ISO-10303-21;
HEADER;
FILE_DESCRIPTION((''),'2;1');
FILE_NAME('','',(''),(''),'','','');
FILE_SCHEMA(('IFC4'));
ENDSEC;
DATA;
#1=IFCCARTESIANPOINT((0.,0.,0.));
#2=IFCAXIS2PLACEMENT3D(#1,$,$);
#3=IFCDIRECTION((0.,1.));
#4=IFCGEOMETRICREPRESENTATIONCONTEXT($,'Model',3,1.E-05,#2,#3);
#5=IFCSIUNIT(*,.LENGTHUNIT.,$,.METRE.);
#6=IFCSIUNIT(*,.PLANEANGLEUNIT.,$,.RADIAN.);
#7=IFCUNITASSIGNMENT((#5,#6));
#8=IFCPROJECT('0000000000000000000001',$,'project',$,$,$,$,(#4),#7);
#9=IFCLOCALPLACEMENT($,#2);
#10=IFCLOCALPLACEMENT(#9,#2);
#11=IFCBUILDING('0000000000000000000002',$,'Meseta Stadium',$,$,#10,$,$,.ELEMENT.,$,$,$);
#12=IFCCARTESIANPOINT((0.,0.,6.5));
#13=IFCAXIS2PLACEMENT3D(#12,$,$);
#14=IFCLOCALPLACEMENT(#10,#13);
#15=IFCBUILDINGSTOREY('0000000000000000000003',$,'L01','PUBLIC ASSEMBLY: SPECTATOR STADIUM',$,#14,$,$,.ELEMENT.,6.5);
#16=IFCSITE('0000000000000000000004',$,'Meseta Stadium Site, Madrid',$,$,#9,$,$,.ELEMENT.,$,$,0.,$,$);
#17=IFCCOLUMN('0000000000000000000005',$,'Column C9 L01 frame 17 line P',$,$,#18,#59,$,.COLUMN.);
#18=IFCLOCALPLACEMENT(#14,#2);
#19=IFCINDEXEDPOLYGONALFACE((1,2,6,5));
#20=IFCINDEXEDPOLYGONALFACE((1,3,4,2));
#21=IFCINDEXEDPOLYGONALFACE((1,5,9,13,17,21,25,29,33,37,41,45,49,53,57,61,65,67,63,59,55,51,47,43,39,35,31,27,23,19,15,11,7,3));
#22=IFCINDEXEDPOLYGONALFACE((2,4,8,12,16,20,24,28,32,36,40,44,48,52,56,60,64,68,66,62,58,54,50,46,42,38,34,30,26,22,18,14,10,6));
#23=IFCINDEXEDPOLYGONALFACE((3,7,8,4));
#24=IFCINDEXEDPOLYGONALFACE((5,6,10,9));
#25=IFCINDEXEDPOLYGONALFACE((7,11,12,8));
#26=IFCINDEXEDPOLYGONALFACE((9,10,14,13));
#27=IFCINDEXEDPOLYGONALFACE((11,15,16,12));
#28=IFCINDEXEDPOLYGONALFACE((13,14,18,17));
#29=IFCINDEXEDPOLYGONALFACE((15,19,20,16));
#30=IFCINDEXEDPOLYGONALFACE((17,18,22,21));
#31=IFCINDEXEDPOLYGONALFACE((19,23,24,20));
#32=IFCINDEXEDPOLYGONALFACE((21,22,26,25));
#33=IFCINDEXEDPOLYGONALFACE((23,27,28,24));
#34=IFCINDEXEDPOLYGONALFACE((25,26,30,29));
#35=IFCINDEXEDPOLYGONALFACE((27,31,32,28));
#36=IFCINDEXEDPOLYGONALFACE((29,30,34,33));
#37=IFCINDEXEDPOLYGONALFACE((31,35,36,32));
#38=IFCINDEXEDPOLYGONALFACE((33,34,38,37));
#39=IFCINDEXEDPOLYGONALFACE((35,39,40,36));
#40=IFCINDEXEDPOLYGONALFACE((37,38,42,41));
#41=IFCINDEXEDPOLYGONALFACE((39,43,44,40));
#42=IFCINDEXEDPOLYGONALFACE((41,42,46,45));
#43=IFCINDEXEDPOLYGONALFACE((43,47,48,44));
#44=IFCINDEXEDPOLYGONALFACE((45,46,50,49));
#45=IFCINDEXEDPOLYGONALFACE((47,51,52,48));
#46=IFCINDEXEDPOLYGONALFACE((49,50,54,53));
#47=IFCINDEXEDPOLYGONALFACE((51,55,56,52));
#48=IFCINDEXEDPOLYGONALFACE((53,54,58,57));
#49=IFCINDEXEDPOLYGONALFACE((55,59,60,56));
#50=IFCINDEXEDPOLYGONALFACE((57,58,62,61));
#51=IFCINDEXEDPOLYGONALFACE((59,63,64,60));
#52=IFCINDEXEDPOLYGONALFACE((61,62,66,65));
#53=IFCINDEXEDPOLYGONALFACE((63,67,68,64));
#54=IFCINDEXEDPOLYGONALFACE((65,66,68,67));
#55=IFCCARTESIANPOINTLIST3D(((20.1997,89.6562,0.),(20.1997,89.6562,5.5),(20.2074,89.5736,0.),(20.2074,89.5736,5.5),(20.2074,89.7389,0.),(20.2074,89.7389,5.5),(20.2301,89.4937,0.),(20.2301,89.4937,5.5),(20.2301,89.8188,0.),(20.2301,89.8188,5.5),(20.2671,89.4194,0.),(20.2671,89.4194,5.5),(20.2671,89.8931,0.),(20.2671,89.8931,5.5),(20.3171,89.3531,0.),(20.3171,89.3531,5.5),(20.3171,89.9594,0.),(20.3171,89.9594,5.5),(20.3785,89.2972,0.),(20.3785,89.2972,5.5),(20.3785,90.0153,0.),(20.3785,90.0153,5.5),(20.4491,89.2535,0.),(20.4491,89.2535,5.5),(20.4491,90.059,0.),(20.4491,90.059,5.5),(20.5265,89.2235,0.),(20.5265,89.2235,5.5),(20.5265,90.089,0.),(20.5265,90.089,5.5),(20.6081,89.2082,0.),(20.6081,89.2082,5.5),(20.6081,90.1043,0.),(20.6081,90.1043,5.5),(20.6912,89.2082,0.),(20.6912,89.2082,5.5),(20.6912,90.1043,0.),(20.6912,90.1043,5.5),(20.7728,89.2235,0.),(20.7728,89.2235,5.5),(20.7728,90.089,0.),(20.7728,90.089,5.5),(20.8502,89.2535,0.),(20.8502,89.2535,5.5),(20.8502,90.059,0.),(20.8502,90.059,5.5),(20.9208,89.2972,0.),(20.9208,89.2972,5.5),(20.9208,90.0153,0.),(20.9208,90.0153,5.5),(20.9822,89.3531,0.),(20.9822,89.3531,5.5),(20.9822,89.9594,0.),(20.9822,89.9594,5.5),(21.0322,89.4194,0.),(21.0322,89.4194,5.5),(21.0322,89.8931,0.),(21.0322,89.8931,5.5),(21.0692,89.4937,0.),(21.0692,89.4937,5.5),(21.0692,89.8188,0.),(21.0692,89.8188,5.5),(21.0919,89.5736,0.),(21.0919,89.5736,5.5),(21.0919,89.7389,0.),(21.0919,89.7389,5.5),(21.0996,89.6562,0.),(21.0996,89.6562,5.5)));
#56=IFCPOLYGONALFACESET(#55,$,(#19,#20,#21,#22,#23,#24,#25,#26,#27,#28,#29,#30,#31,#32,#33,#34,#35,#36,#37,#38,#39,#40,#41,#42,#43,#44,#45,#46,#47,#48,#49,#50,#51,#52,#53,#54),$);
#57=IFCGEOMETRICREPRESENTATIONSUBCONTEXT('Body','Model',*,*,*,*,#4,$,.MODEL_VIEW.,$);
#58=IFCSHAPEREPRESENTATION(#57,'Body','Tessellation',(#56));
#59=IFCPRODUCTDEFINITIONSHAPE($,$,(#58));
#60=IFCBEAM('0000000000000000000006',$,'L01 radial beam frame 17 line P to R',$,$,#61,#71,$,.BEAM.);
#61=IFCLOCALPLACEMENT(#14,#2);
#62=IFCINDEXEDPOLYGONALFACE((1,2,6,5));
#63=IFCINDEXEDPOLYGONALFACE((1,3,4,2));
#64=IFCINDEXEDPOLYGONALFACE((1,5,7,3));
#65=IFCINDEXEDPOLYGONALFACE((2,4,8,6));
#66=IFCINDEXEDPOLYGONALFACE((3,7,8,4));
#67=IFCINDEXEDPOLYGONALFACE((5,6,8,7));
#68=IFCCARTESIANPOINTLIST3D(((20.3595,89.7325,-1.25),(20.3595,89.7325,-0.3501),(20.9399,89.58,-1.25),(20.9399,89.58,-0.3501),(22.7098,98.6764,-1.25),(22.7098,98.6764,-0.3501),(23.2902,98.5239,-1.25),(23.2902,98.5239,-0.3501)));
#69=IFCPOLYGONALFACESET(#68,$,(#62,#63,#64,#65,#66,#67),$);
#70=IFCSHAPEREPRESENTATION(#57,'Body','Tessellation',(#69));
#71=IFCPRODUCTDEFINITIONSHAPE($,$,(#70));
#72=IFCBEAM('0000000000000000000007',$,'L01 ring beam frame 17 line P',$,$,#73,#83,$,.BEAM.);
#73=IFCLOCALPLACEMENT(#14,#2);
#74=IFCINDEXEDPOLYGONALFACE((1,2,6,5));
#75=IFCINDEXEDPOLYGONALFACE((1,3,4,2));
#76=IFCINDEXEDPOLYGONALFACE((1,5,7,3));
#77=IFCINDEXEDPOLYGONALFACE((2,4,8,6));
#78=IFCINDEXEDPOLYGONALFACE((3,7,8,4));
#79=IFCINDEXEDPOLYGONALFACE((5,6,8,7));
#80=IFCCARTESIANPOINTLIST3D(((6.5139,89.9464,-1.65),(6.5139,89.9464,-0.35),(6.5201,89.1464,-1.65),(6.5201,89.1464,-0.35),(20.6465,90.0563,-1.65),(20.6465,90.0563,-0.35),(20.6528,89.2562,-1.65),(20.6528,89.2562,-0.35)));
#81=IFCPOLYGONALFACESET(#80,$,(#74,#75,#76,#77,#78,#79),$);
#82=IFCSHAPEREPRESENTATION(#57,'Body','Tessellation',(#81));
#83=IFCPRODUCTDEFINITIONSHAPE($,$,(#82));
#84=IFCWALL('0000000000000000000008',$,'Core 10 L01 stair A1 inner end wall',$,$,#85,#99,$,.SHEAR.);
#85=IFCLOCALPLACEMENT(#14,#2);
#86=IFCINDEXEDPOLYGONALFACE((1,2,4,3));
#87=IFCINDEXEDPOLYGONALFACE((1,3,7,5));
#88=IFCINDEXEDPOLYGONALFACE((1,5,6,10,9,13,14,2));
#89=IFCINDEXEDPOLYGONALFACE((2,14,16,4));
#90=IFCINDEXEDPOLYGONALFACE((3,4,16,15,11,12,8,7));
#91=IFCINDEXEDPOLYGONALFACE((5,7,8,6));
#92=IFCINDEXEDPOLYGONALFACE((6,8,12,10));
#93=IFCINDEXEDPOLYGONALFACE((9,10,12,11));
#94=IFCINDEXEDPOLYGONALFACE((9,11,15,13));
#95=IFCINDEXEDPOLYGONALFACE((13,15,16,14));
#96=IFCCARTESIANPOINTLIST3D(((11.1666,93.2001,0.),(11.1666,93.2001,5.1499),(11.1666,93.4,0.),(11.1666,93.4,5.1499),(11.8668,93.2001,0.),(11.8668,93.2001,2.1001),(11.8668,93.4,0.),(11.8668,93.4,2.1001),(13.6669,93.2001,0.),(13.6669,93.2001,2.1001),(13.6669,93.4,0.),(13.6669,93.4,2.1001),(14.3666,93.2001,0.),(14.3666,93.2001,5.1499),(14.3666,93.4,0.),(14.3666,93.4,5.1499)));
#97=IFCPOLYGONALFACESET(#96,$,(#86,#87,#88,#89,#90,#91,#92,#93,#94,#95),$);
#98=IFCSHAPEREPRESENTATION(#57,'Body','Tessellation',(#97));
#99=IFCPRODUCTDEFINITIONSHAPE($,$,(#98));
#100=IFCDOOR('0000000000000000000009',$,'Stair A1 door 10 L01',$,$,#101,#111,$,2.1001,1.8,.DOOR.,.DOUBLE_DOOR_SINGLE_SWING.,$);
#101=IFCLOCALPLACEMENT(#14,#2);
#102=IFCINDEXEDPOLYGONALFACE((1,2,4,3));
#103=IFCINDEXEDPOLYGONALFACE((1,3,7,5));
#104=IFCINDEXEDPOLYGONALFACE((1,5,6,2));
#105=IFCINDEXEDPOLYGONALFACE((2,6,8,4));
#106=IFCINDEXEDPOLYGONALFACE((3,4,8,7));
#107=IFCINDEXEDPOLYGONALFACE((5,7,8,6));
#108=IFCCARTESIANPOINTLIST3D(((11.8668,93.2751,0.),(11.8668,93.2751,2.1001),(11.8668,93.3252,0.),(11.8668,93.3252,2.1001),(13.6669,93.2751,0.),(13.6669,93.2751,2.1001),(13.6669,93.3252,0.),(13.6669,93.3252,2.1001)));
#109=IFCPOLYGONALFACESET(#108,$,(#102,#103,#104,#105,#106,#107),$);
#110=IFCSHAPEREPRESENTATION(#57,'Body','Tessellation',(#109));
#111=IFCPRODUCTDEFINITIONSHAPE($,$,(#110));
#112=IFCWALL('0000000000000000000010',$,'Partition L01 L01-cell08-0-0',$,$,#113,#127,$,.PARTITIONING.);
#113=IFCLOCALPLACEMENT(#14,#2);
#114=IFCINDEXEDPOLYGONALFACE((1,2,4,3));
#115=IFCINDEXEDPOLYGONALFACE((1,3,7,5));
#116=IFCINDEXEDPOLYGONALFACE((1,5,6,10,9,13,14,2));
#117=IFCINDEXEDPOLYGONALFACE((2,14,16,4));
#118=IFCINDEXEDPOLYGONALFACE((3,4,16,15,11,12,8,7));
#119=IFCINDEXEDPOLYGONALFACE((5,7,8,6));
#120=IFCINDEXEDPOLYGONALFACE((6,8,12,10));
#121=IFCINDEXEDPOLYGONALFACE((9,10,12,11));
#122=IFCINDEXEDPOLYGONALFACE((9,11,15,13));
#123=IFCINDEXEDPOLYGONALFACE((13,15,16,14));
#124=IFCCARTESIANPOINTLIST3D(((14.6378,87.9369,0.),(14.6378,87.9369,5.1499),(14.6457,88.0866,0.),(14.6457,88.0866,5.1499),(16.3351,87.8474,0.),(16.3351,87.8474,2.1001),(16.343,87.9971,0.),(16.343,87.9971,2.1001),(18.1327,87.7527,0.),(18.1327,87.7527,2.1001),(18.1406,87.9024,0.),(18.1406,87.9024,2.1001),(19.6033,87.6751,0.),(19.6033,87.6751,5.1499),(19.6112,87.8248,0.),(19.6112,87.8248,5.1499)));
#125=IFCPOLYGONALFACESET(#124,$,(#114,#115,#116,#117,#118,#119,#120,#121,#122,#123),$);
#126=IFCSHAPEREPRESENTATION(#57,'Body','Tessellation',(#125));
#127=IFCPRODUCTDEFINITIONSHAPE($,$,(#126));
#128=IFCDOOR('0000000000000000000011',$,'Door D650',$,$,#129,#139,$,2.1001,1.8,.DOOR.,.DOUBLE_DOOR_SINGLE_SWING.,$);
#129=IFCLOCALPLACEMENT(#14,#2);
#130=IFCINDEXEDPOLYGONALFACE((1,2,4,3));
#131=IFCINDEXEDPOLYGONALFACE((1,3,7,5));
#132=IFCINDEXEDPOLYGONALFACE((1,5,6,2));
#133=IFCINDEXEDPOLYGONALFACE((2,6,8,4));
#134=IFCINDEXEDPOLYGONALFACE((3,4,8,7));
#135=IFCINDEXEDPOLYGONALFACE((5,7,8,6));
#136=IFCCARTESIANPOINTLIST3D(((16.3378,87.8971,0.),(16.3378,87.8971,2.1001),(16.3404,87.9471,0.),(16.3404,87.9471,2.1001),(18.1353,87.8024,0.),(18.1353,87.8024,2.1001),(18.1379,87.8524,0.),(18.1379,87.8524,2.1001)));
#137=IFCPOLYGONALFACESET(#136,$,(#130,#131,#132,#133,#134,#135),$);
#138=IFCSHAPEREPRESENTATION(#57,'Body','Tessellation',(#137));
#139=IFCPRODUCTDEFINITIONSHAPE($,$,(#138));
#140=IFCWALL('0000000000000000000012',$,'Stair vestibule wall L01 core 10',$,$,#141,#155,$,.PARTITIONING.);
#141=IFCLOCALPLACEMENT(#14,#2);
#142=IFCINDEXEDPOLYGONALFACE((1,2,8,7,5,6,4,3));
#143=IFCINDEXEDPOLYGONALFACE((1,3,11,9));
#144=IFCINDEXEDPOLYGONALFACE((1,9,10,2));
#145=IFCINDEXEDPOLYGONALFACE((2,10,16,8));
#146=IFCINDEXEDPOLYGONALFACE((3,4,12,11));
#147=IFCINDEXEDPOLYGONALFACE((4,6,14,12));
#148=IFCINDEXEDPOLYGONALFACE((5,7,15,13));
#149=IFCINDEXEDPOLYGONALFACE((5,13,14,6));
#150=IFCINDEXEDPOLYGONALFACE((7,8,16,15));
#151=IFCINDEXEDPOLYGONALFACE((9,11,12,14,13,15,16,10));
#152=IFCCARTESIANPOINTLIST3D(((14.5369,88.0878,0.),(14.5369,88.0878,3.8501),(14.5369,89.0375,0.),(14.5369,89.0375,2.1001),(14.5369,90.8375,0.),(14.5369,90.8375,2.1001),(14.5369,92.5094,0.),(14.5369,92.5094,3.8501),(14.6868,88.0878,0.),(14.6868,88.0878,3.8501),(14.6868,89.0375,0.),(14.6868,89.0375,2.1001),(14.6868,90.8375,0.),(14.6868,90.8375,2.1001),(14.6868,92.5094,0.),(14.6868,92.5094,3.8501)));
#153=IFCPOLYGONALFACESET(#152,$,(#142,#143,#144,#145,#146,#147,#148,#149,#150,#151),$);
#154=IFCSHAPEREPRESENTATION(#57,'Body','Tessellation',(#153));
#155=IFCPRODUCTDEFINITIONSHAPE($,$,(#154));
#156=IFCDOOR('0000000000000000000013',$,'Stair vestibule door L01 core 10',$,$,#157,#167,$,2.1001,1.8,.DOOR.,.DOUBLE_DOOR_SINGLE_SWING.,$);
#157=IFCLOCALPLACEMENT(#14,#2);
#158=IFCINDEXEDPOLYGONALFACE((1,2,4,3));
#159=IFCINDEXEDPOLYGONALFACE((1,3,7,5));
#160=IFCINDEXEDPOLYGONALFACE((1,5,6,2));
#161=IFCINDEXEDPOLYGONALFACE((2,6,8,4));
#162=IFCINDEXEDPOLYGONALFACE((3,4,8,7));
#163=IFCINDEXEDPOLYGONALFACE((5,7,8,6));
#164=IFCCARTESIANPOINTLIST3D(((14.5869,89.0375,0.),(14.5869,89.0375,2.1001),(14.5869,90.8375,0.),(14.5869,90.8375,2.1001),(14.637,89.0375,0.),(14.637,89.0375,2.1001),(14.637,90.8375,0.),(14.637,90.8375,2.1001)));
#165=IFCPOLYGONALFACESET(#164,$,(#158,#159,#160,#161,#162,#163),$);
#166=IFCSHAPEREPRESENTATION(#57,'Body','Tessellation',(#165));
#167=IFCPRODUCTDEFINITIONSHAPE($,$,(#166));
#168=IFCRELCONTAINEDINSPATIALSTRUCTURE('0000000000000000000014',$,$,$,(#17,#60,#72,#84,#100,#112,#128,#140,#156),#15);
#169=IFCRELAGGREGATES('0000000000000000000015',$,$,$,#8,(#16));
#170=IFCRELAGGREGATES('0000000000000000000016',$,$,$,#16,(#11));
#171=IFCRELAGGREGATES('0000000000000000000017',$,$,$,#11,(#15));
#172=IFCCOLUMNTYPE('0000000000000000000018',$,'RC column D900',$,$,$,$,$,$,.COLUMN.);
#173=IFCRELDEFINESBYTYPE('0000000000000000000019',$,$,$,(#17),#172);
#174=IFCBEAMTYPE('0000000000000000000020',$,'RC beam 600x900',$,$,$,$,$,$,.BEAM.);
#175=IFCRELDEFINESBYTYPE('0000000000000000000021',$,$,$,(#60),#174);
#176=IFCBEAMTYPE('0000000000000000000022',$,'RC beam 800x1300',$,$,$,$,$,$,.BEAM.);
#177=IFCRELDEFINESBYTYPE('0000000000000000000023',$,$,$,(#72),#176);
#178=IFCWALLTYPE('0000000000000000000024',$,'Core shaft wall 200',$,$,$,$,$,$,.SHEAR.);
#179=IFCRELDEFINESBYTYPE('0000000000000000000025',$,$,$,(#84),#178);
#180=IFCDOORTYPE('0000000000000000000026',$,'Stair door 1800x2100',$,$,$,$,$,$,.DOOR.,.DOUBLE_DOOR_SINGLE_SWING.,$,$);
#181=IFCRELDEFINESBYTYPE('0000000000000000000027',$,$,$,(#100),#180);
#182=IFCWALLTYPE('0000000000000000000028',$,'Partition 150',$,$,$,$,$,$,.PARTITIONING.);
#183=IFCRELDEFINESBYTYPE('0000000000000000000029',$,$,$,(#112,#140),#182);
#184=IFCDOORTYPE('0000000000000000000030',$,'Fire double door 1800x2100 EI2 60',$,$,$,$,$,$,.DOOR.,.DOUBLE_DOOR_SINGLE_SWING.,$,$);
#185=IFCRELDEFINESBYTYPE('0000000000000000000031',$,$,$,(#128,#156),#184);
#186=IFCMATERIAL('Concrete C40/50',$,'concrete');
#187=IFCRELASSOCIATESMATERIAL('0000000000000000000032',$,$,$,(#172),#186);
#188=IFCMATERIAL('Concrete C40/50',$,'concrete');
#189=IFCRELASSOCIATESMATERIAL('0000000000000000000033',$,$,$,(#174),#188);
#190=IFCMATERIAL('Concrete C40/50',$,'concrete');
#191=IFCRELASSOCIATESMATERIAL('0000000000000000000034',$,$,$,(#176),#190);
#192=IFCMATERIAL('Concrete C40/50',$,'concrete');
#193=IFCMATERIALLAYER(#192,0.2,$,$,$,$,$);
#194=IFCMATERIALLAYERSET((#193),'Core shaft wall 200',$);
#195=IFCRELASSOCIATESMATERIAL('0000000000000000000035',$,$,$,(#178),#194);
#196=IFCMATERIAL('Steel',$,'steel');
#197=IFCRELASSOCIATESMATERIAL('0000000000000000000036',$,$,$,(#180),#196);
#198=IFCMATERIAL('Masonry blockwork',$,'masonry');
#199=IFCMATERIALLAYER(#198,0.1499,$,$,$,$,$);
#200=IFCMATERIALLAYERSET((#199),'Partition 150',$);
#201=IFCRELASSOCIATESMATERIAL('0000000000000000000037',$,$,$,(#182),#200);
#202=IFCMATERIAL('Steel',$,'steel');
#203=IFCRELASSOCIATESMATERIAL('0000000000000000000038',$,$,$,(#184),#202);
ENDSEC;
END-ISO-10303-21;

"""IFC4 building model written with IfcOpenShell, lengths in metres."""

from ifc_helpers import new_model, si_unit, direction, frame, frame_2d, origin, origin_2d, place, context, subcontext, project, spatial, rectangle, circle, extrude, material, layer, layer_set, material_profile, profile_set, type_object, element, fill, save


model = new_model("IFC4")

# Units and contexts
model_context = context("Model", 3, precision=1e-05, world=origin(), true_north=direction((0.0, 1.0)))
body_context = subcontext(model_context, "Body", "Model", "MODEL_VIEW")
ifc_project = project(units=[si_unit("LENGTHUNIT", "METRE"), si_unit("PLANEANGLEUNIT", "RADIAN")], contexts=[model_context])

# Site, building, storey
site_placement = place(None, origin())
site = spatial("IfcSite", under=ifc_project, at=site_placement, Name="Meseta Stadium Site, Madrid", CompositionType="ELEMENT", RefElevation=0.0)
building_placement = place(site_placement, origin())
building = spatial("IfcBuilding", under=site, at=building_placement, Name="Meseta Stadium", CompositionType="ELEMENT")
storey_placement = place(building_placement, frame((0.0, 0.0, 6.5)))
storey = spatial("IfcBuildingStorey", under=building, at=storey_placement, Name="L01", Description="PUBLIC ASSEMBLY: SPECTATOR STADIUM", CompositionType="ELEMENT", Elevation=6.5)

# Column
ifc_material_1 = material(Name="Concrete C40/50", Category="concrete")
ifc_material_profile_1 = material_profile(ifc_material_1, circle(Radius=0.45, at=origin_2d()), Name="RC D900")
ifc_profile_set_1 = profile_set([ifc_material_profile_1], Name="Concrete C40/50")
column_type = type_object("IfcColumnType", Name="RC column D900", PredefinedType="COLUMN", material=ifc_profile_set_1)
column_placement = place(storey_placement, frame((20.6497, 89.6562, 0.0), z_axis=(0.0, 0.0, 1.0), x_axis=(1.0, 0.0, 0.0)))
element("IfcColumn", 1, at=column_placement, inside=storey, type_object=column_type, Name="Column C9 L01 frame 17 line P", PredefinedType="COLUMN", context=body_context, shape_type="SweptSolid", body=[
    extrude(circle(Radius=0.45, at=origin_2d()), origin(), (0.0, 0.0, 1.0), 5.5),
])

# Beams
ifc_material_2 = material(Name="Concrete C40/50", Category="concrete")
ifc_material_profile_2 = material_profile(ifc_material_2, rectangle(XDim=0.6001, YDim=0.8999, at=origin_2d()), Name="RC 600x900")
ifc_profile_set_2 = profile_set([ifc_material_profile_2], Name="Concrete C40/50")
beam_type_1 = type_object("IfcBeamType", Name="RC beam 600x900", PredefinedType="BEAM", material=ifc_profile_set_2)
beam_1_placement = place(storey_placement, frame((20.6497, 89.6562, -0.8), z_axis=(0.254159, 0.967162, 0.0), x_axis=(-0.967162, 0.254159, 0.0)))
element("IfcBeam", 2, at=beam_1_placement, inside=storey, type_object=beam_type_1, Name="L01 radial beam frame 17 line P to R", PredefinedType="BEAM", context=body_context, shape_type="SweptSolid", body=[
    extrude(rectangle(XDim=0.6001, YDim=0.8999, at=origin_2d()), origin(), (0.0, 0.0, 1.0), 9.2476),
])
ifc_material_3 = material(Name="Concrete C40/50", Category="concrete")
ifc_material_profile_3 = material_profile(ifc_material_3, rectangle(XDim=0.8, YDim=1.3, at=origin_2d()), Name="RC 800x1300")
ifc_profile_set_3 = profile_set([ifc_material_profile_3], Name="Concrete C40/50")
beam_type_2 = type_object("IfcBeamType", Name="RC beam 800x1300", PredefinedType="BEAM", material=ifc_profile_set_3)
beam_2_placement = place(storey_placement, frame((20.6497, 89.6562, -1.0), z_axis=(-0.99997, -0.007774, 0.0), x_axis=(0.007774, -0.99997, 0.0)))
element("IfcBeam", 3, at=beam_2_placement, inside=storey, type_object=beam_type_2, Name="L01 ring beam frame 17 line P", PredefinedType="BEAM", context=body_context, shape_type="SweptSolid", body=[
    extrude(rectangle(XDim=0.8, YDim=1.3, at=origin_2d()), origin(), (0.0, 0.0, 1.0), 14.1331),
])

# Walls, openings, doors
ifc_material_4 = material(Name="Concrete C40/50", Category="concrete")
ifc_layer_1 = layer(ifc_material_4, 0.2)
ifc_layer_set_1 = layer_set([ifc_layer_1], Name="Core shaft wall 200")
wall_type_1 = type_object("IfcWallType", Name="Core shaft wall 200", PredefinedType="SHEAR", material=ifc_layer_set_1)
wall_1_placement = place(storey_placement, frame((14.3667, 93.3, 0.0), z_axis=(0.0, 0.0, 1.0), x_axis=(-1.0, 0.0, 0.0)))
wall_1 = element("IfcWall", 4, at=wall_1_placement, inside=storey, type_object=wall_type_1, Name="Core 10 L01 stair A1 inner end wall", PredefinedType="SHEAR", context=body_context, shape_type="SweptSolid", body=[
    extrude(rectangle(XDim=3.2, YDim=0.2, at=frame_2d((1.6001, 0.0))), origin(), (0.0, 0.0, 1.0), 5.1499),
])
opening_1_placement = place(wall_1_placement, frame((0.7, 0.0, 0.0)))
opening_1 = element("IfcOpeningElement", 5, at=opening_1_placement, cuts=wall_1, PredefinedType="OPENING", context=body_context, shape_type="SweptSolid", body=[
    extrude(rectangle(XDim=1.8, YDim=2.1001, at=frame_2d((0.8999, 1.05))), frame((0.0, 0.1099, 0.0), z_axis=(0.0, -1.0, 0.0), x_axis=(1.0, 0.0, 0.0)), (0.0, 0.0, 1.0), 0.22),
])
ifc_material_5 = material(Name="Steel", Category="steel")
door_type_1 = type_object("IfcDoorType", Name="Stair door 1800x2100", OperationType="DOUBLE_DOOR_SINGLE_SWING", PredefinedType="DOOR", material=ifc_material_5)
door_1_placement = place(opening_1_placement, origin())
door_1 = element("IfcDoor", 6, at=door_1_placement, inside=storey, type_object=door_type_1, Name="Stair A1 door 10 L01", OperationType="DOUBLE_DOOR_SINGLE_SWING", OverallHeight=2.1001, OverallWidth=1.8, PredefinedType="DOOR", context=body_context, shape_type="SweptSolid", body=[
    extrude(rectangle(XDim=1.8, YDim=2.1001, at=frame_2d((0.8999, 1.05))), frame((0.0, 0.0249, 0.0), z_axis=(0.0, -1.0, 0.0), x_axis=(1.0, 0.0, 0.0)), (0.0, 0.0, 1.0), 0.05),
])
fill(opening_1, door_1)
ifc_material_6 = material(Name="Masonry blockwork", Category="masonry")
ifc_layer_2 = layer(ifc_material_6, 0.1499)
ifc_layer_set_2 = layer_set([ifc_layer_2], Name="Partition 150")
wall_type_2 = type_object("IfcWallType", Name="Partition 150", PredefinedType="PARTITIONING", material=ifc_layer_set_2)
wall_2_placement = place(storey_placement, frame((14.6416, 88.0117, 0.0), z_axis=(0.0, 0.0, 1.0), x_axis=(0.998614, -0.052634, 0.0)))
wall_2 = element("IfcWall", 7, at=wall_2_placement, inside=storey, type_object=wall_type_2, Name="Partition L01 L01-cell08-0-0", PredefinedType="PARTITIONING", context=body_context, shape_type="SweptSolid", body=[
    extrude(rectangle(XDim=4.9724, YDim=0.1499, at=frame_2d((2.4863, 0.0))), origin(), (0.0, 0.0, 1.0), 5.1499),
])
opening_2_placement = place(wall_2_placement, frame((1.7, 0.0, 0.0)))
opening_2 = element("IfcOpeningElement", 8, at=opening_2_placement, cuts=wall_2, PredefinedType="OPENING", context=body_context, shape_type="SweptSolid", body=[
    extrude(rectangle(XDim=1.8, YDim=2.1001, at=frame_2d((0.8999, 1.05))), frame((0.0, 0.085, 0.0), z_axis=(0.0, -1.0, 0.0), x_axis=(1.0, 0.0, 0.0)), (0.0, 0.0, 1.0), 0.1699),
])
ifc_material_7 = material(Name="Steel", Category="steel")
door_type_2 = type_object("IfcDoorType", Name="Fire double door 1800x2100 EI2 60", OperationType="DOUBLE_DOOR_SINGLE_SWING", PredefinedType="DOOR", material=ifc_material_7)
door_2_placement = place(opening_2_placement, origin())
door_2 = element("IfcDoor", 9, at=door_2_placement, inside=storey, type_object=door_type_2, Name="Door D650", OperationType="DOUBLE_DOOR_SINGLE_SWING", OverallHeight=2.1001, OverallWidth=1.8, PredefinedType="DOOR", context=body_context, shape_type="SweptSolid", body=[
    extrude(rectangle(XDim=1.8, YDim=2.1001, at=frame_2d((0.8999, 1.05))), frame((0.0, 0.0249, 0.0), z_axis=(0.0, -1.0, 0.0), x_axis=(1.0, 0.0, 0.0)), (0.0, 0.0, 1.0), 0.05),
])
fill(opening_2, door_2)
wall_3_placement = place(storey_placement, frame((14.6118, 88.0876, 0.0), z_axis=(0.0, 0.0, 1.0), x_axis=(0.0, 1.0, 0.0)))
wall_3 = element("IfcWall", 10, at=wall_3_placement, inside=storey, type_object=wall_type_2, Name="Stair vestibule wall L01 core 10", PredefinedType="PARTITIONING", context=body_context, shape_type="SweptSolid", body=[
    extrude(rectangle(XDim=4.4216, YDim=0.1499, at=frame_2d((2.2109, 0.0))), origin(), (0.0, 0.0, 1.0), 3.8501),
])
opening_3_placement = place(wall_3_placement, frame((0.95, 0.0, 0.0)))
opening_3 = element("IfcOpeningElement", 11, at=opening_3_placement, cuts=wall_3, PredefinedType="OPENING", context=body_context, shape_type="SweptSolid", body=[
    extrude(rectangle(XDim=1.8, YDim=2.1001, at=frame_2d((0.8999, 1.05))), frame((0.0, 0.085, 0.0), z_axis=(0.0, -1.0, 0.0), x_axis=(1.0, 0.0, 0.0)), (0.0, 0.0, 1.0), 0.1699),
])
door_3_placement = place(opening_3_placement, origin())
door_3 = element("IfcDoor", 12, at=door_3_placement, inside=storey, type_object=door_type_2, Name="Stair vestibule door L01 core 10", OperationType="DOUBLE_DOOR_SINGLE_SWING", OverallHeight=2.1001, OverallWidth=1.8, PredefinedType="DOOR", context=body_context, shape_type="SweptSolid", body=[
    extrude(rectangle(XDim=1.8, YDim=2.1001, at=frame_2d((0.8999, 1.05))), frame((0.0, 0.0249, 0.0), z_axis=(0.0, -1.0, 0.0), x_axis=(1.0, 0.0, 0.0)), (0.0, 0.0, 1.0), 0.05),
])
fill(opening_3, door_3)

save(model, "model.ifc")
